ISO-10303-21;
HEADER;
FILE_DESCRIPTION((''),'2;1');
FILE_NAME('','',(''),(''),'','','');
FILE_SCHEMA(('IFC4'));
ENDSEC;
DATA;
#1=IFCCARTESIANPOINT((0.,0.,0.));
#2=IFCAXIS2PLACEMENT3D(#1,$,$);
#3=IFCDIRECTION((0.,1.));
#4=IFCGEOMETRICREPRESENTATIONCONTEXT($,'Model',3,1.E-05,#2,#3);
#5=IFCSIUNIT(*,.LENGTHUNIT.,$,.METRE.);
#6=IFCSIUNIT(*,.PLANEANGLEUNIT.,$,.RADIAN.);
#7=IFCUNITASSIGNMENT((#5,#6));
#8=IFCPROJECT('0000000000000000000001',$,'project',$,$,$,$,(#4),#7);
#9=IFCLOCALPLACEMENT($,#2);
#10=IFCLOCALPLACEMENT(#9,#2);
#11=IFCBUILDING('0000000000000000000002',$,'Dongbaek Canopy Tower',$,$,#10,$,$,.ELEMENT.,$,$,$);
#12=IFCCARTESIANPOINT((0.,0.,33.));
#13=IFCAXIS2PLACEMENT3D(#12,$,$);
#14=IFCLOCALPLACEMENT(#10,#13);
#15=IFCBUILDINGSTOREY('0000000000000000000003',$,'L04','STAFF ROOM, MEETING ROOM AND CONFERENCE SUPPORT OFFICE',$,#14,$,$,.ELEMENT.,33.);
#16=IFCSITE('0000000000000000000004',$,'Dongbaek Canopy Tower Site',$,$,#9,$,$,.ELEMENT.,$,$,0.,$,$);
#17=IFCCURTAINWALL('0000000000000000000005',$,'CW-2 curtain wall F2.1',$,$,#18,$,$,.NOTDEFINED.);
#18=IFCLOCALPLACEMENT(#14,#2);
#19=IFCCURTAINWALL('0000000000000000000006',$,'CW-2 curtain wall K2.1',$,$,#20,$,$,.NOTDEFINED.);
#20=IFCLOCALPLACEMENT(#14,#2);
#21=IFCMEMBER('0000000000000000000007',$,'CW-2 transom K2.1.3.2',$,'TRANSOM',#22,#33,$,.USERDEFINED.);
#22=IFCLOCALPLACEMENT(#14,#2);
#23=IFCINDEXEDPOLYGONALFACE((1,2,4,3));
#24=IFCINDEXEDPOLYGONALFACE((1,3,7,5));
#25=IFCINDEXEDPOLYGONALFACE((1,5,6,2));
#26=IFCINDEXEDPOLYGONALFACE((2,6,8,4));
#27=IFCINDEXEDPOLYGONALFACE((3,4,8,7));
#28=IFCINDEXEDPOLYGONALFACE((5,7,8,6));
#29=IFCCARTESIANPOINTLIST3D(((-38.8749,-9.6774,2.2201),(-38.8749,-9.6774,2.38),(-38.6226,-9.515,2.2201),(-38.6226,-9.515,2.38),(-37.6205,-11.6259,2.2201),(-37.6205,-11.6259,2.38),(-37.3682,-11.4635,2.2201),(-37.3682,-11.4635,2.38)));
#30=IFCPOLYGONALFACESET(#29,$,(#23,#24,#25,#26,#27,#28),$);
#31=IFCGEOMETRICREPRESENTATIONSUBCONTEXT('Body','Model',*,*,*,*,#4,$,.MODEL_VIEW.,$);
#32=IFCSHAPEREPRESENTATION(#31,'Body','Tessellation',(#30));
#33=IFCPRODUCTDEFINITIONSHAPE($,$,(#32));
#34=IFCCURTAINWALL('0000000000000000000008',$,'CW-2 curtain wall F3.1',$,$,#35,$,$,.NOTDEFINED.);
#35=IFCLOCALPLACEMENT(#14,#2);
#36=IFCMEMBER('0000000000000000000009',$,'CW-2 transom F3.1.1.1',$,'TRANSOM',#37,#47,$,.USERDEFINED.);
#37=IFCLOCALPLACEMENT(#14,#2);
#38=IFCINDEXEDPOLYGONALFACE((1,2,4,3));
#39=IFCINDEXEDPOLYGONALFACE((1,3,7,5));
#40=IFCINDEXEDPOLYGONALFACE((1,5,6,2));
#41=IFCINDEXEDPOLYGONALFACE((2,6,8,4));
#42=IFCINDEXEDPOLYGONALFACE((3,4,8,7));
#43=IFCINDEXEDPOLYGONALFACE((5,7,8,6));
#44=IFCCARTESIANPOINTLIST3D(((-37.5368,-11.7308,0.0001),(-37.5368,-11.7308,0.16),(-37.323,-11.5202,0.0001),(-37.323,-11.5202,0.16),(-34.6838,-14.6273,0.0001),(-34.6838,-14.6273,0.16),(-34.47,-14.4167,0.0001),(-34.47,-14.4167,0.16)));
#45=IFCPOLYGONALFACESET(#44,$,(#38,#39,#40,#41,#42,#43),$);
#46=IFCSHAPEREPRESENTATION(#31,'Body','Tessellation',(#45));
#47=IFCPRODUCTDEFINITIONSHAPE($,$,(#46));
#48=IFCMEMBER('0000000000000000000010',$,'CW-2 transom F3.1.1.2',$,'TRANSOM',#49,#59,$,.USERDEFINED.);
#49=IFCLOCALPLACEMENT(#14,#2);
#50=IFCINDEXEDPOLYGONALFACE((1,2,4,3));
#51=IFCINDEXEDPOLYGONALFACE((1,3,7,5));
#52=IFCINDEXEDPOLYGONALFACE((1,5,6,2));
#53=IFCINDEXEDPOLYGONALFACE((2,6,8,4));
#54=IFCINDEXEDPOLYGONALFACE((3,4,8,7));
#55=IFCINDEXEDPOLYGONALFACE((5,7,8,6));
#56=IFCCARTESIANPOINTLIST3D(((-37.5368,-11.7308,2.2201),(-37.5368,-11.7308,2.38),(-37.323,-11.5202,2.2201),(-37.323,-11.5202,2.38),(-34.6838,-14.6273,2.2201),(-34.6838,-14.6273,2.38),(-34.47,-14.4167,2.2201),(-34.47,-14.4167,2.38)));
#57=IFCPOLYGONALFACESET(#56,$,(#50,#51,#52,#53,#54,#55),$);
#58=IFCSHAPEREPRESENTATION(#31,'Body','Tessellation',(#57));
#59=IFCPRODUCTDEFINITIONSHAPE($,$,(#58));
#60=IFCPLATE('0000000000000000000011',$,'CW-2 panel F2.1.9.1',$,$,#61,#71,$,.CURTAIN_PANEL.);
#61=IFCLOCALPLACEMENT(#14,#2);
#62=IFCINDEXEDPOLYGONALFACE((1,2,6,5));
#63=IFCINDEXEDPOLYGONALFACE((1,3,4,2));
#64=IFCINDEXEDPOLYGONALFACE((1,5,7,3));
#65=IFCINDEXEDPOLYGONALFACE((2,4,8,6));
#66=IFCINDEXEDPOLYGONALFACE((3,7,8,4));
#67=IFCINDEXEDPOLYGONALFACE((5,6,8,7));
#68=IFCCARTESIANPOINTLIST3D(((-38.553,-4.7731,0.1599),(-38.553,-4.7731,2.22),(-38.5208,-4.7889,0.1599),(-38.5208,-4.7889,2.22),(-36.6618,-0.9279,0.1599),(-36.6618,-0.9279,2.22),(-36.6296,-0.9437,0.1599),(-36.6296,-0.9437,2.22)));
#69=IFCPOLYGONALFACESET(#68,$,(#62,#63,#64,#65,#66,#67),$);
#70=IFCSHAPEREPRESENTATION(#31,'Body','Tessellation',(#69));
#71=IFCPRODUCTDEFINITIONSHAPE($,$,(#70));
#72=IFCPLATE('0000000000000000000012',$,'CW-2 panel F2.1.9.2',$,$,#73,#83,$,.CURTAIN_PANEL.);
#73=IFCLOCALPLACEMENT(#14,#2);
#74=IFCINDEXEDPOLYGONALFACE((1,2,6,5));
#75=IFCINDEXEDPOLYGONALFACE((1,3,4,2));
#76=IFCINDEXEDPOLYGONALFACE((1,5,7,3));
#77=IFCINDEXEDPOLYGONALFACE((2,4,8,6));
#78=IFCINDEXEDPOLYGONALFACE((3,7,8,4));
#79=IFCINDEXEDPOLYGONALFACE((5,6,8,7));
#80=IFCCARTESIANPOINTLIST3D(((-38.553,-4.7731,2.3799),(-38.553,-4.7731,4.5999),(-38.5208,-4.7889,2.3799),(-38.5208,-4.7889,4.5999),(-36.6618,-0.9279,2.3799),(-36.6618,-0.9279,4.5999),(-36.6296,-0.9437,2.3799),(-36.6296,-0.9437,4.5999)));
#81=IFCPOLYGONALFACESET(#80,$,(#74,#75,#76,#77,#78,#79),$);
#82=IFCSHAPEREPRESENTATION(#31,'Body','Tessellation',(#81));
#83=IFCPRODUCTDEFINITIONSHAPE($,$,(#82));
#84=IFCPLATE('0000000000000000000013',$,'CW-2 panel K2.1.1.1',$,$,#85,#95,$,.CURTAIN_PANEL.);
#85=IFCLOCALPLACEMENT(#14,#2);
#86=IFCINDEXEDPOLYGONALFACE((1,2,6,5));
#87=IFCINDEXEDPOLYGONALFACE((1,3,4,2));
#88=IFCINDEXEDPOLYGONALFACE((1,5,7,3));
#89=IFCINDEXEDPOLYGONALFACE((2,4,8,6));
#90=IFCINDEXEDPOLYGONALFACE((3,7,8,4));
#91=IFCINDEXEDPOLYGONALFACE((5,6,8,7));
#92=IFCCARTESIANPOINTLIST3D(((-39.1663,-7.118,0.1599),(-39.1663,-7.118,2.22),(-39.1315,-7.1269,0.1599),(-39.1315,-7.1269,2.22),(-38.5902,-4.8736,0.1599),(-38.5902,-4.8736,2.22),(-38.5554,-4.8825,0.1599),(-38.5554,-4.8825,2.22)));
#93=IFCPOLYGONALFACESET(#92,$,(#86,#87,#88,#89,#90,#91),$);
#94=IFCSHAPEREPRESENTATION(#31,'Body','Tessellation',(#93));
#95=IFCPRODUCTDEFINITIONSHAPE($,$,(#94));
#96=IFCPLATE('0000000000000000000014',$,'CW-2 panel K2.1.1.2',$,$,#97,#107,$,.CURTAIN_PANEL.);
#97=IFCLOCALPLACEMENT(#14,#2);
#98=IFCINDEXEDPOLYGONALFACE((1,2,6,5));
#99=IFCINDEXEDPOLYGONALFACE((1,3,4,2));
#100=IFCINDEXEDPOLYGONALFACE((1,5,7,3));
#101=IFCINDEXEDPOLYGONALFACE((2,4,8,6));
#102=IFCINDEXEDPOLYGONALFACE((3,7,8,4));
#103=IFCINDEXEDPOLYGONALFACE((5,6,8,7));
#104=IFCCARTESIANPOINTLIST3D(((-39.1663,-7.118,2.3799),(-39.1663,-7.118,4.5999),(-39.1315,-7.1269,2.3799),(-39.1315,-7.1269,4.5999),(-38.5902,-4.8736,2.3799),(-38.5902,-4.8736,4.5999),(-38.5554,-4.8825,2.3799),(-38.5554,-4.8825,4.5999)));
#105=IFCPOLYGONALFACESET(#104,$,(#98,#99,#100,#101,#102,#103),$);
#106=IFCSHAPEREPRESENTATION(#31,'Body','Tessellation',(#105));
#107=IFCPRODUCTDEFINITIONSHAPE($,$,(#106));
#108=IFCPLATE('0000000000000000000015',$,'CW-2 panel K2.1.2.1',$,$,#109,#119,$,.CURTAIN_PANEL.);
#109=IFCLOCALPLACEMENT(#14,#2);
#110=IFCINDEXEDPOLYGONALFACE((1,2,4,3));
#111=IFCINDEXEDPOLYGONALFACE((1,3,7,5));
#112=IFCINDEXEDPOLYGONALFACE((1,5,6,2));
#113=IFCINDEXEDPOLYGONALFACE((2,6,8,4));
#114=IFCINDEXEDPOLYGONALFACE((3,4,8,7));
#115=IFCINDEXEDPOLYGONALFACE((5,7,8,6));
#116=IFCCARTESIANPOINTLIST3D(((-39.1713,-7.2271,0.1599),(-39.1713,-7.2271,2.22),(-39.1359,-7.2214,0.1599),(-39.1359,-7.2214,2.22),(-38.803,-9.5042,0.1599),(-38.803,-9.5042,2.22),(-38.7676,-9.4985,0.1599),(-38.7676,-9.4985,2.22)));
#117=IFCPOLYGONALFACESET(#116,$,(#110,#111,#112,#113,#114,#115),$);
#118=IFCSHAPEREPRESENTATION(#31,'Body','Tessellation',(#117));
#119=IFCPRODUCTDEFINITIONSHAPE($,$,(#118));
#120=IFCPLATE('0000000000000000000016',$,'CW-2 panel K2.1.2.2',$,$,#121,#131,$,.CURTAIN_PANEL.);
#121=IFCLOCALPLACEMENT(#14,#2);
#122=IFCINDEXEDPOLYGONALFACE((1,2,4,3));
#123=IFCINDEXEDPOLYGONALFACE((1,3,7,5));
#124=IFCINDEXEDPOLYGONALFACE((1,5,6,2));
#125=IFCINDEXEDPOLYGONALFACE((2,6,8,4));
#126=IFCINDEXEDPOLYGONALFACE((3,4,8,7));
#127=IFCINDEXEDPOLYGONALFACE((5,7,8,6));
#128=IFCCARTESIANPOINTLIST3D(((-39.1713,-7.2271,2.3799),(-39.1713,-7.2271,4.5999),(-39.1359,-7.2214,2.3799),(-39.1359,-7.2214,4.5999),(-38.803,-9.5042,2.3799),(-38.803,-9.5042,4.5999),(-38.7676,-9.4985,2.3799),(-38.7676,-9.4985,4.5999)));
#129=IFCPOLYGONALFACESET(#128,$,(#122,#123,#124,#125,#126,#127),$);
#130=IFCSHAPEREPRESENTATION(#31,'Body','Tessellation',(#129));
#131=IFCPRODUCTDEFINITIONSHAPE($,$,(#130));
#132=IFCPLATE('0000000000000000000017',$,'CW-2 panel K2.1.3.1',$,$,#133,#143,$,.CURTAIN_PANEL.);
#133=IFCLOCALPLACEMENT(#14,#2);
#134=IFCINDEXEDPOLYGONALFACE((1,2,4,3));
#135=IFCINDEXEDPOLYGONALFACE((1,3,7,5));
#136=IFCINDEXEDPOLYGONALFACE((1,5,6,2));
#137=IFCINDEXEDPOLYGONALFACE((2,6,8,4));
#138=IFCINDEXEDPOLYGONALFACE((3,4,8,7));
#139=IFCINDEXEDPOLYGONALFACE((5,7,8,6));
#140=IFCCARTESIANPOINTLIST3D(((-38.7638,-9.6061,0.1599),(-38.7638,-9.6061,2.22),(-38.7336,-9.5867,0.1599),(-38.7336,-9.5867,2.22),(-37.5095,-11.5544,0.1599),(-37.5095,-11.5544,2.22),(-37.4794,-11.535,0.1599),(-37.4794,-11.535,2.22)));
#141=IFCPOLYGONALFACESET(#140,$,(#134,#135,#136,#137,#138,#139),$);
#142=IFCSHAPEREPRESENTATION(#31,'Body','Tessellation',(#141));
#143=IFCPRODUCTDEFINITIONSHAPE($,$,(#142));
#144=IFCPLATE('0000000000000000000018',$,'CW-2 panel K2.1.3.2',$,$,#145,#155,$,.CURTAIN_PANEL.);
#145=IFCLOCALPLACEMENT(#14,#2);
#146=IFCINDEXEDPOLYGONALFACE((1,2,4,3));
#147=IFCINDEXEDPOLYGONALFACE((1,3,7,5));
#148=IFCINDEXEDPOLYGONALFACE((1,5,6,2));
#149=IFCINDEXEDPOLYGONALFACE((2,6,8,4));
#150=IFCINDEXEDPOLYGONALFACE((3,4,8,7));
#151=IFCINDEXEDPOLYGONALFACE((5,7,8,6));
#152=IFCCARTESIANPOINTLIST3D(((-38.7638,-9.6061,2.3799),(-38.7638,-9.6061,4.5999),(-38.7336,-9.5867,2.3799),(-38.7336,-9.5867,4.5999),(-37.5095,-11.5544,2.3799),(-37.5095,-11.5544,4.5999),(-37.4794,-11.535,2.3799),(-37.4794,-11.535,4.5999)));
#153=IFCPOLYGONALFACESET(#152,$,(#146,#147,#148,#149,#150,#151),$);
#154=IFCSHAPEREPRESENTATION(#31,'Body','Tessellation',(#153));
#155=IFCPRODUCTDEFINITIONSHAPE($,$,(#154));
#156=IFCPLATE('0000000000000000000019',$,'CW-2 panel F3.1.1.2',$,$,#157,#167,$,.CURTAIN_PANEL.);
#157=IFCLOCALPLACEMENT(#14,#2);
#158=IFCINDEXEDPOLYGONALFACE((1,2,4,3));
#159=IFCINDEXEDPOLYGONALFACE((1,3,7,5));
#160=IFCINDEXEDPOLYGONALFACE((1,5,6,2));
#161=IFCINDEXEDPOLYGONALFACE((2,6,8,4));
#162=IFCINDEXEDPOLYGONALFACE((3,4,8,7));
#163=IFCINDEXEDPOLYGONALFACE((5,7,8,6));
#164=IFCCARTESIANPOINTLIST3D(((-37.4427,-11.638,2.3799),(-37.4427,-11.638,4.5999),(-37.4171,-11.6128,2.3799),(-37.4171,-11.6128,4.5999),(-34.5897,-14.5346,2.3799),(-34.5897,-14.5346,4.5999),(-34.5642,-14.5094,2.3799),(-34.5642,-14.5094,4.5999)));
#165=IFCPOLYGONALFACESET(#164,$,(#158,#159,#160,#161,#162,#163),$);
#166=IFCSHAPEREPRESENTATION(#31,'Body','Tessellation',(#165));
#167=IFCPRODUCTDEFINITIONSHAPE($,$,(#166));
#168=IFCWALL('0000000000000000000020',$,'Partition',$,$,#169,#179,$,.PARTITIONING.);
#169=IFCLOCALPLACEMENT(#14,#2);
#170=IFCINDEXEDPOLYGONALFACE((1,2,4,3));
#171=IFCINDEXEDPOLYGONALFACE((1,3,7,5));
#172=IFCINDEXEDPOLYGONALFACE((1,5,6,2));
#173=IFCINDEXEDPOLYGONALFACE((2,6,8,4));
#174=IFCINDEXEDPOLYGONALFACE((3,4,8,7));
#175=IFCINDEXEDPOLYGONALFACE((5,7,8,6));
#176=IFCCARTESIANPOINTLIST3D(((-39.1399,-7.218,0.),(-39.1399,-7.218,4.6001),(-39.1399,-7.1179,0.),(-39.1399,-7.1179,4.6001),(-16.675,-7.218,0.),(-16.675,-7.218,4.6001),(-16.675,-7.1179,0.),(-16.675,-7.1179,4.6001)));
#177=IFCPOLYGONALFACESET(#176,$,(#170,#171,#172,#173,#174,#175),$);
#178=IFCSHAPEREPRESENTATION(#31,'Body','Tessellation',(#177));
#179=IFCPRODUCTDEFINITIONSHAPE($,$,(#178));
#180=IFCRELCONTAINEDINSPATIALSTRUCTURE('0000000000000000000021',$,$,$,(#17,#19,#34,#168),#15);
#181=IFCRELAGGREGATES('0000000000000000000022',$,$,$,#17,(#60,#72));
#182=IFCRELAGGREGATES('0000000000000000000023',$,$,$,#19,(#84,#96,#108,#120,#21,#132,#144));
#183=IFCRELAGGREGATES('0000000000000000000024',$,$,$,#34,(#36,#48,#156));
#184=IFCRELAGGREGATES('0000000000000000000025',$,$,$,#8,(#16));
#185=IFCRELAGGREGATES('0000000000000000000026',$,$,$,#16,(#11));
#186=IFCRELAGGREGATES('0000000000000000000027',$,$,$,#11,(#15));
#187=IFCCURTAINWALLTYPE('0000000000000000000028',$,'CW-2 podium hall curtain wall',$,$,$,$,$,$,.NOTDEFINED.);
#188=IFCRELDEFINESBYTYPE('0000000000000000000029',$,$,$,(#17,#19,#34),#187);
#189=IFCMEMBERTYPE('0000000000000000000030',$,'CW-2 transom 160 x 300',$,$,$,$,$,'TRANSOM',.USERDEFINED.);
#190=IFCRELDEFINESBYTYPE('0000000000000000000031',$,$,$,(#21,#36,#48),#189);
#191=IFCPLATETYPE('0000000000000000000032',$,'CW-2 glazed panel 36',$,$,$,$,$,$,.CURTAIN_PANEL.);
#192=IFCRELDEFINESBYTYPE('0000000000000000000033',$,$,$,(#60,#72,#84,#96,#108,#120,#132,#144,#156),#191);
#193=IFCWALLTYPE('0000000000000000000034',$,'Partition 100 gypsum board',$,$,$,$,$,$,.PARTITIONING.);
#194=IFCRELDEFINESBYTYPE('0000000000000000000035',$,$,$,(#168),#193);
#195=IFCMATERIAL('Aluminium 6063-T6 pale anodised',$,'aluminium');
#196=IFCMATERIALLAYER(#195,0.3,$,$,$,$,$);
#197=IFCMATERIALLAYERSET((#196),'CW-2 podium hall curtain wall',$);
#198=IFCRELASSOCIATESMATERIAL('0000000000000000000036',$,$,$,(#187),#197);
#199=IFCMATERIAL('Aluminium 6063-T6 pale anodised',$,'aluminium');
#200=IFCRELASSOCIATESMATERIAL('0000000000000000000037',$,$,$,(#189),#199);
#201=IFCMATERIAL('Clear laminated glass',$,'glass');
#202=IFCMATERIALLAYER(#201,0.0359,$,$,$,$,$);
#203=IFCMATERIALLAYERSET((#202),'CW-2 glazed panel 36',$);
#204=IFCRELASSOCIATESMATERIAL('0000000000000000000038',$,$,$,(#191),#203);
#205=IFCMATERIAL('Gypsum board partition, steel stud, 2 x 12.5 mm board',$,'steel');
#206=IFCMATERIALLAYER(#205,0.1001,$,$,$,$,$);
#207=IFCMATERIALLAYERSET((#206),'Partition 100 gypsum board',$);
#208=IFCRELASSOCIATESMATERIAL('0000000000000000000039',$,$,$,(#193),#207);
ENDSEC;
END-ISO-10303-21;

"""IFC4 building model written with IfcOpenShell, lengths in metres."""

from ifc_helpers import new_model, si_unit, direction, frame, frame_2d, origin, origin_2d, place, context, subcontext, project, spatial, rectangle, extrude, material, layer, layer_set, material_profile, profile_set, type_object, element, aggregate, save


model = new_model("IFC4")

# Units and contexts
model_context = context("Model", 3, precision=1e-05, world=origin(), true_north=direction((0.0, 1.0)))
body_context = subcontext(model_context, "Body", "Model", "MODEL_VIEW")
ifc_project = project(units=[si_unit("LENGTHUNIT", "METRE"), si_unit("PLANEANGLEUNIT", "RADIAN")], contexts=[model_context])

# Site, building, storey
site_placement = place(None, origin())
site = spatial("IfcSite", under=ifc_project, at=site_placement, Name="Dongbaek Canopy Tower Site", CompositionType="ELEMENT", RefElevation=0.0)
building_placement = place(site_placement, origin())
building = spatial("IfcBuilding", under=site, at=building_placement, Name="Dongbaek Canopy Tower", CompositionType="ELEMENT")
storey_placement = place(building_placement, frame((0.0, 0.0, 33.0)))
storey = spatial("IfcBuildingStorey", under=building, at=storey_placement, Name="L04", Description="STAFF ROOM, MEETING ROOM AND CONFERENCE SUPPORT OFFICE", CompositionType="ELEMENT", Elevation=33.0)

# Curtain walls
ifc_material_1 = material(Name="Aluminium 6063-T6 pale anodised", Category="aluminium")
ifc_layer_1 = layer(ifc_material_1, 0.3)
ifc_layer_set_1 = layer_set([ifc_layer_1], Name="CW-2 podium hall curtain wall")
curtain_wall_type = type_object("IfcCurtainWallType", Name="CW-2 podium hall curtain wall", PredefinedType="NOTDEFINED", material=ifc_layer_set_1)
curtain_wall_1_placement = place(storey_placement, origin())
curtain_wall_1 = element("IfcCurtainWall", 1, at=curtain_wall_1_placement, inside=storey, type_object=curtain_wall_type, Name="CW-2 curtain wall F2.1", PredefinedType="NOTDEFINED")
curtain_wall_2_placement = place(storey_placement, origin())
curtain_wall_2 = element("IfcCurtainWall", 2, at=curtain_wall_2_placement, inside=storey, type_object=curtain_wall_type, Name="CW-2 curtain wall K2.1", PredefinedType="NOTDEFINED")

# Member
ifc_material_2 = material(Name="Aluminium 6063-T6 pale anodised", Category="aluminium")
ifc_material_profile_1 = material_profile(ifc_material_2, rectangle(XDim=0.3, YDim=0.1599, at=origin_2d()), Name="CW-2 transom 160 x 300")
ifc_profile_set_1 = profile_set([ifc_material_profile_1], Name="Aluminium 6063-T6 pale anodised")
member_type_1 = type_object("IfcMemberType", Name="CW-2 transom 160 x 300", ElementType="TRANSOM", PredefinedType="USERDEFINED", material=ifc_profile_set_1)
member_1_placement = place(storey_placement, frame((-38.7488, -9.5962, 2.3), z_axis=(0.541306, -0.840826, 0.0), x_axis=(0.840826, 0.541306, 0.0)))
member_1 = element("IfcMember", 3, at=member_1_placement, type_object=member_type_1, Name="CW-2 transom K2.1.3.2", ObjectType="TRANSOM", PredefinedType="USERDEFINED", context=body_context, shape_type="SweptSolid", body=[
    extrude(rectangle(XDim=0.3, YDim=0.1599, at=origin_2d()), origin(), (0.0, 0.0, 1.0), 2.3174),
])

# Curtain wall, members
curtain_wall_3_placement = place(storey_placement, origin())
curtain_wall_3 = element("IfcCurtainWall", 4, at=curtain_wall_3_placement, inside=storey, type_object=curtain_wall_type, Name="CW-2 curtain wall F3.1", PredefinedType="NOTDEFINED")
member_2_placement = place(storey_placement, frame((-37.4299, -11.6255, 0.0801), z_axis=(0.701742, -0.712431, 0.0), x_axis=(0.712431, 0.701742, 0.0)))
member_2 = element("IfcMember", 5, at=member_2_placement, type_object=member_type_1, Name="CW-2 transom F3.1.1.1", ObjectType="TRANSOM", PredefinedType="USERDEFINED", context=body_context, shape_type="SweptSolid", body=[
    extrude(rectangle(XDim=0.3, YDim=0.1599, at=origin_2d()), origin(), (0.0, 0.0, 1.0), 4.0657),
])
member_3_placement = place(storey_placement, frame((-37.4299, -11.6255, 2.3), z_axis=(0.701742, -0.712431, 0.0), x_axis=(0.712431, 0.701742, 0.0)))
member_3 = element("IfcMember", 6, at=member_3_placement, type_object=member_type_1, Name="CW-2 transom F3.1.1.2", ObjectType="TRANSOM", PredefinedType="USERDEFINED", context=body_context, shape_type="SweptSolid", body=[
    extrude(rectangle(XDim=0.3, YDim=0.1599, at=origin_2d()), origin(), (0.0, 0.0, 1.0), 4.0657),
])

# Plates
ifc_material_3 = material(Name="Clear laminated glass", Category="glass")
ifc_layer_2 = layer(ifc_material_3, 0.0359)
ifc_layer_set_2 = layer_set([ifc_layer_2], Name="CW-2 glazed panel 36")
plate_type = type_object("IfcPlateType", Name="CW-2 glazed panel 36", PredefinedType="CURTAIN_PANEL", material=ifc_layer_set_2)
plate_1_placement = place(storey_placement, frame((-37.5913, -2.8584, 0.1599), z_axis=(0.0, 0.0, 1.0), x_axis=(-0.441342, -0.897339, 0.0)))
plate_1 = element("IfcPlate", 7, at=plate_1_placement, type_object=plate_type, Name="CW-2 panel F2.1.9.1", PredefinedType="CURTAIN_PANEL", context=body_context, shape_type="SweptSolid", body=[
    extrude(rectangle(XDim=4.2852, YDim=0.0359, at=origin_2d()), origin(), (0.0, 0.0, 1.0), 2.0601),
])
plate_2_placement = place(storey_placement, frame((-37.5913, -2.8584, 2.3799), z_axis=(0.0, 0.0, 1.0), x_axis=(-0.441342, -0.897339, 0.0)))
plate_2 = element("IfcPlate", 8, at=plate_2_placement, type_object=plate_type, Name="CW-2 panel F2.1.9.2", PredefinedType="CURTAIN_PANEL", context=body_context, shape_type="SweptSolid", body=[
    extrude(rectangle(XDim=4.2852, YDim=0.0359, at=origin_2d()), origin(), (0.0, 0.0, 1.0), 2.22),
])
aggregate(curtain_wall_1, [plate_1, plate_2])
plate_3_placement = place(storey_placement, frame((-38.8608, -6.0002, 0.1599), z_axis=(0.0, 0.0, 1.0), x_axis=(-0.248641, -0.968596, 0.0)))
plate_3 = element("IfcPlate", 9, at=plate_3_placement, type_object=plate_type, Name="CW-2 panel K2.1.1.1", PredefinedType="CURTAIN_PANEL", context=body_context, shape_type="SweptSolid", body=[
    extrude(rectangle(XDim=2.3171, YDim=0.0359, at=origin_2d()), origin(), (0.0, 0.0, 1.0), 2.0601),
])
plate_4_placement = place(storey_placement, frame((-38.8608, -6.0002, 2.3799), z_axis=(0.0, 0.0, 1.0), x_axis=(-0.248641, -0.968596, 0.0)))
plate_4 = element("IfcPlate", 10, at=plate_4_placement, type_object=plate_type, Name="CW-2 panel K2.1.1.2", PredefinedType="CURTAIN_PANEL", context=body_context, shape_type="SweptSolid", body=[
    extrude(rectangle(XDim=2.3171, YDim=0.0359, at=origin_2d()), origin(), (0.0, 0.0, 1.0), 2.22),
])
plate_5_placement = place(storey_placement, frame((-38.9695, -8.3628, 0.1599), z_axis=(0.0, 0.0, 1.0), x_axis=(0.159671, -0.98717, 0.0)))
plate_5 = element("IfcPlate", 11, at=plate_5_placement, type_object=plate_type, Name="CW-2 panel K2.1.2.1", PredefinedType="CURTAIN_PANEL", context=body_context, shape_type="SweptSolid", body=[
    extrude(rectangle(XDim=2.3066, YDim=0.0359, at=origin_2d()), origin(), (0.0, 0.0, 1.0), 2.0601),
])
plate_6_placement = place(storey_placement, frame((-38.9695, -8.3628, 2.3799), z_axis=(0.0, 0.0, 1.0), x_axis=(0.159671, -0.98717, 0.0)))
plate_6 = element("IfcPlate", 12, at=plate_6_placement, type_object=plate_type, Name="CW-2 panel K2.1.2.2", PredefinedType="CURTAIN_PANEL", context=body_context, shape_type="SweptSolid", body=[
    extrude(rectangle(XDim=2.3066, YDim=0.0359, at=origin_2d()), origin(), (0.0, 0.0, 1.0), 2.22),
])
plate_7_placement = place(storey_placement, frame((-38.1216, -10.5706, 0.1599), z_axis=(0.0, 0.0, 1.0), x_axis=(0.541306, -0.840826, 0.0)))
plate_7 = element("IfcPlate", 13, at=plate_7_placement, type_object=plate_type, Name="CW-2 panel K2.1.3.1", PredefinedType="CURTAIN_PANEL", context=body_context, shape_type="SweptSolid", body=[
    extrude(rectangle(XDim=2.3171, YDim=0.0359, at=origin_2d()), origin(), (0.0, 0.0, 1.0), 2.0601),
])
plate_8_placement = place(storey_placement, frame((-38.1216, -10.5706, 2.3799), z_axis=(0.0, 0.0, 1.0), x_axis=(0.541306, -0.840826, 0.0)))
plate_8 = element("IfcPlate", 14, at=plate_8_placement, type_object=plate_type, Name="CW-2 panel K2.1.3.2", PredefinedType="CURTAIN_PANEL", context=body_context, shape_type="SweptSolid", body=[
    extrude(rectangle(XDim=2.3171, YDim=0.0359, at=origin_2d()), origin(), (0.0, 0.0, 1.0), 2.22),
])
aggregate(curtain_wall_2, [plate_3, plate_4, plate_5, plate_6, member_1, plate_7, plate_8])
plate_9_placement = place(storey_placement, frame((-36.0034, -13.0737, 2.3799), z_axis=(0.0, 0.0, 1.0), x_axis=(0.701718, -0.712455, 0.0)))
plate_9 = element("IfcPlate", 15, at=plate_9_placement, type_object=plate_type, Name="CW-2 panel F3.1.1.2", PredefinedType="CURTAIN_PANEL", context=body_context, shape_type="SweptSolid", body=[
    extrude(rectangle(XDim=4.0657, YDim=0.0359, at=origin_2d()), origin(), (0.0, 0.0, 1.0), 2.22),
])
aggregate(curtain_wall_3, [member_2, member_3, plate_9])

# Wall
ifc_material_4 = material(Name="Gypsum board partition, steel stud, 2 x 12.5 mm board", Category="steel")
ifc_layer_3 = layer(ifc_material_4, 0.1001)
ifc_layer_set_3 = layer_set([ifc_layer_3], Name="Partition 100 gypsum board")
wall_type = type_object("IfcWallType", Name="Partition 100 gypsum board", PredefinedType="PARTITIONING", material=ifc_layer_set_3)
wall_placement = place(storey_placement, frame((-39.1399, -7.168, 0.0), z_axis=(0.0, 0.0, 1.0), x_axis=(1.0, 0.0, 0.0)))
element("IfcWall", 16, at=wall_placement, inside=storey, type_object=wall_type, Name="Partition", PredefinedType="PARTITIONING", context=body_context, shape_type="SweptSolid", body=[
    extrude(rectangle(XDim=22.4648, YDim=0.1001, at=frame_2d((11.2324, 0.0))), origin(), (0.0, 0.0, 1.0), 4.6001),
])

save(model, "model.ifc")
